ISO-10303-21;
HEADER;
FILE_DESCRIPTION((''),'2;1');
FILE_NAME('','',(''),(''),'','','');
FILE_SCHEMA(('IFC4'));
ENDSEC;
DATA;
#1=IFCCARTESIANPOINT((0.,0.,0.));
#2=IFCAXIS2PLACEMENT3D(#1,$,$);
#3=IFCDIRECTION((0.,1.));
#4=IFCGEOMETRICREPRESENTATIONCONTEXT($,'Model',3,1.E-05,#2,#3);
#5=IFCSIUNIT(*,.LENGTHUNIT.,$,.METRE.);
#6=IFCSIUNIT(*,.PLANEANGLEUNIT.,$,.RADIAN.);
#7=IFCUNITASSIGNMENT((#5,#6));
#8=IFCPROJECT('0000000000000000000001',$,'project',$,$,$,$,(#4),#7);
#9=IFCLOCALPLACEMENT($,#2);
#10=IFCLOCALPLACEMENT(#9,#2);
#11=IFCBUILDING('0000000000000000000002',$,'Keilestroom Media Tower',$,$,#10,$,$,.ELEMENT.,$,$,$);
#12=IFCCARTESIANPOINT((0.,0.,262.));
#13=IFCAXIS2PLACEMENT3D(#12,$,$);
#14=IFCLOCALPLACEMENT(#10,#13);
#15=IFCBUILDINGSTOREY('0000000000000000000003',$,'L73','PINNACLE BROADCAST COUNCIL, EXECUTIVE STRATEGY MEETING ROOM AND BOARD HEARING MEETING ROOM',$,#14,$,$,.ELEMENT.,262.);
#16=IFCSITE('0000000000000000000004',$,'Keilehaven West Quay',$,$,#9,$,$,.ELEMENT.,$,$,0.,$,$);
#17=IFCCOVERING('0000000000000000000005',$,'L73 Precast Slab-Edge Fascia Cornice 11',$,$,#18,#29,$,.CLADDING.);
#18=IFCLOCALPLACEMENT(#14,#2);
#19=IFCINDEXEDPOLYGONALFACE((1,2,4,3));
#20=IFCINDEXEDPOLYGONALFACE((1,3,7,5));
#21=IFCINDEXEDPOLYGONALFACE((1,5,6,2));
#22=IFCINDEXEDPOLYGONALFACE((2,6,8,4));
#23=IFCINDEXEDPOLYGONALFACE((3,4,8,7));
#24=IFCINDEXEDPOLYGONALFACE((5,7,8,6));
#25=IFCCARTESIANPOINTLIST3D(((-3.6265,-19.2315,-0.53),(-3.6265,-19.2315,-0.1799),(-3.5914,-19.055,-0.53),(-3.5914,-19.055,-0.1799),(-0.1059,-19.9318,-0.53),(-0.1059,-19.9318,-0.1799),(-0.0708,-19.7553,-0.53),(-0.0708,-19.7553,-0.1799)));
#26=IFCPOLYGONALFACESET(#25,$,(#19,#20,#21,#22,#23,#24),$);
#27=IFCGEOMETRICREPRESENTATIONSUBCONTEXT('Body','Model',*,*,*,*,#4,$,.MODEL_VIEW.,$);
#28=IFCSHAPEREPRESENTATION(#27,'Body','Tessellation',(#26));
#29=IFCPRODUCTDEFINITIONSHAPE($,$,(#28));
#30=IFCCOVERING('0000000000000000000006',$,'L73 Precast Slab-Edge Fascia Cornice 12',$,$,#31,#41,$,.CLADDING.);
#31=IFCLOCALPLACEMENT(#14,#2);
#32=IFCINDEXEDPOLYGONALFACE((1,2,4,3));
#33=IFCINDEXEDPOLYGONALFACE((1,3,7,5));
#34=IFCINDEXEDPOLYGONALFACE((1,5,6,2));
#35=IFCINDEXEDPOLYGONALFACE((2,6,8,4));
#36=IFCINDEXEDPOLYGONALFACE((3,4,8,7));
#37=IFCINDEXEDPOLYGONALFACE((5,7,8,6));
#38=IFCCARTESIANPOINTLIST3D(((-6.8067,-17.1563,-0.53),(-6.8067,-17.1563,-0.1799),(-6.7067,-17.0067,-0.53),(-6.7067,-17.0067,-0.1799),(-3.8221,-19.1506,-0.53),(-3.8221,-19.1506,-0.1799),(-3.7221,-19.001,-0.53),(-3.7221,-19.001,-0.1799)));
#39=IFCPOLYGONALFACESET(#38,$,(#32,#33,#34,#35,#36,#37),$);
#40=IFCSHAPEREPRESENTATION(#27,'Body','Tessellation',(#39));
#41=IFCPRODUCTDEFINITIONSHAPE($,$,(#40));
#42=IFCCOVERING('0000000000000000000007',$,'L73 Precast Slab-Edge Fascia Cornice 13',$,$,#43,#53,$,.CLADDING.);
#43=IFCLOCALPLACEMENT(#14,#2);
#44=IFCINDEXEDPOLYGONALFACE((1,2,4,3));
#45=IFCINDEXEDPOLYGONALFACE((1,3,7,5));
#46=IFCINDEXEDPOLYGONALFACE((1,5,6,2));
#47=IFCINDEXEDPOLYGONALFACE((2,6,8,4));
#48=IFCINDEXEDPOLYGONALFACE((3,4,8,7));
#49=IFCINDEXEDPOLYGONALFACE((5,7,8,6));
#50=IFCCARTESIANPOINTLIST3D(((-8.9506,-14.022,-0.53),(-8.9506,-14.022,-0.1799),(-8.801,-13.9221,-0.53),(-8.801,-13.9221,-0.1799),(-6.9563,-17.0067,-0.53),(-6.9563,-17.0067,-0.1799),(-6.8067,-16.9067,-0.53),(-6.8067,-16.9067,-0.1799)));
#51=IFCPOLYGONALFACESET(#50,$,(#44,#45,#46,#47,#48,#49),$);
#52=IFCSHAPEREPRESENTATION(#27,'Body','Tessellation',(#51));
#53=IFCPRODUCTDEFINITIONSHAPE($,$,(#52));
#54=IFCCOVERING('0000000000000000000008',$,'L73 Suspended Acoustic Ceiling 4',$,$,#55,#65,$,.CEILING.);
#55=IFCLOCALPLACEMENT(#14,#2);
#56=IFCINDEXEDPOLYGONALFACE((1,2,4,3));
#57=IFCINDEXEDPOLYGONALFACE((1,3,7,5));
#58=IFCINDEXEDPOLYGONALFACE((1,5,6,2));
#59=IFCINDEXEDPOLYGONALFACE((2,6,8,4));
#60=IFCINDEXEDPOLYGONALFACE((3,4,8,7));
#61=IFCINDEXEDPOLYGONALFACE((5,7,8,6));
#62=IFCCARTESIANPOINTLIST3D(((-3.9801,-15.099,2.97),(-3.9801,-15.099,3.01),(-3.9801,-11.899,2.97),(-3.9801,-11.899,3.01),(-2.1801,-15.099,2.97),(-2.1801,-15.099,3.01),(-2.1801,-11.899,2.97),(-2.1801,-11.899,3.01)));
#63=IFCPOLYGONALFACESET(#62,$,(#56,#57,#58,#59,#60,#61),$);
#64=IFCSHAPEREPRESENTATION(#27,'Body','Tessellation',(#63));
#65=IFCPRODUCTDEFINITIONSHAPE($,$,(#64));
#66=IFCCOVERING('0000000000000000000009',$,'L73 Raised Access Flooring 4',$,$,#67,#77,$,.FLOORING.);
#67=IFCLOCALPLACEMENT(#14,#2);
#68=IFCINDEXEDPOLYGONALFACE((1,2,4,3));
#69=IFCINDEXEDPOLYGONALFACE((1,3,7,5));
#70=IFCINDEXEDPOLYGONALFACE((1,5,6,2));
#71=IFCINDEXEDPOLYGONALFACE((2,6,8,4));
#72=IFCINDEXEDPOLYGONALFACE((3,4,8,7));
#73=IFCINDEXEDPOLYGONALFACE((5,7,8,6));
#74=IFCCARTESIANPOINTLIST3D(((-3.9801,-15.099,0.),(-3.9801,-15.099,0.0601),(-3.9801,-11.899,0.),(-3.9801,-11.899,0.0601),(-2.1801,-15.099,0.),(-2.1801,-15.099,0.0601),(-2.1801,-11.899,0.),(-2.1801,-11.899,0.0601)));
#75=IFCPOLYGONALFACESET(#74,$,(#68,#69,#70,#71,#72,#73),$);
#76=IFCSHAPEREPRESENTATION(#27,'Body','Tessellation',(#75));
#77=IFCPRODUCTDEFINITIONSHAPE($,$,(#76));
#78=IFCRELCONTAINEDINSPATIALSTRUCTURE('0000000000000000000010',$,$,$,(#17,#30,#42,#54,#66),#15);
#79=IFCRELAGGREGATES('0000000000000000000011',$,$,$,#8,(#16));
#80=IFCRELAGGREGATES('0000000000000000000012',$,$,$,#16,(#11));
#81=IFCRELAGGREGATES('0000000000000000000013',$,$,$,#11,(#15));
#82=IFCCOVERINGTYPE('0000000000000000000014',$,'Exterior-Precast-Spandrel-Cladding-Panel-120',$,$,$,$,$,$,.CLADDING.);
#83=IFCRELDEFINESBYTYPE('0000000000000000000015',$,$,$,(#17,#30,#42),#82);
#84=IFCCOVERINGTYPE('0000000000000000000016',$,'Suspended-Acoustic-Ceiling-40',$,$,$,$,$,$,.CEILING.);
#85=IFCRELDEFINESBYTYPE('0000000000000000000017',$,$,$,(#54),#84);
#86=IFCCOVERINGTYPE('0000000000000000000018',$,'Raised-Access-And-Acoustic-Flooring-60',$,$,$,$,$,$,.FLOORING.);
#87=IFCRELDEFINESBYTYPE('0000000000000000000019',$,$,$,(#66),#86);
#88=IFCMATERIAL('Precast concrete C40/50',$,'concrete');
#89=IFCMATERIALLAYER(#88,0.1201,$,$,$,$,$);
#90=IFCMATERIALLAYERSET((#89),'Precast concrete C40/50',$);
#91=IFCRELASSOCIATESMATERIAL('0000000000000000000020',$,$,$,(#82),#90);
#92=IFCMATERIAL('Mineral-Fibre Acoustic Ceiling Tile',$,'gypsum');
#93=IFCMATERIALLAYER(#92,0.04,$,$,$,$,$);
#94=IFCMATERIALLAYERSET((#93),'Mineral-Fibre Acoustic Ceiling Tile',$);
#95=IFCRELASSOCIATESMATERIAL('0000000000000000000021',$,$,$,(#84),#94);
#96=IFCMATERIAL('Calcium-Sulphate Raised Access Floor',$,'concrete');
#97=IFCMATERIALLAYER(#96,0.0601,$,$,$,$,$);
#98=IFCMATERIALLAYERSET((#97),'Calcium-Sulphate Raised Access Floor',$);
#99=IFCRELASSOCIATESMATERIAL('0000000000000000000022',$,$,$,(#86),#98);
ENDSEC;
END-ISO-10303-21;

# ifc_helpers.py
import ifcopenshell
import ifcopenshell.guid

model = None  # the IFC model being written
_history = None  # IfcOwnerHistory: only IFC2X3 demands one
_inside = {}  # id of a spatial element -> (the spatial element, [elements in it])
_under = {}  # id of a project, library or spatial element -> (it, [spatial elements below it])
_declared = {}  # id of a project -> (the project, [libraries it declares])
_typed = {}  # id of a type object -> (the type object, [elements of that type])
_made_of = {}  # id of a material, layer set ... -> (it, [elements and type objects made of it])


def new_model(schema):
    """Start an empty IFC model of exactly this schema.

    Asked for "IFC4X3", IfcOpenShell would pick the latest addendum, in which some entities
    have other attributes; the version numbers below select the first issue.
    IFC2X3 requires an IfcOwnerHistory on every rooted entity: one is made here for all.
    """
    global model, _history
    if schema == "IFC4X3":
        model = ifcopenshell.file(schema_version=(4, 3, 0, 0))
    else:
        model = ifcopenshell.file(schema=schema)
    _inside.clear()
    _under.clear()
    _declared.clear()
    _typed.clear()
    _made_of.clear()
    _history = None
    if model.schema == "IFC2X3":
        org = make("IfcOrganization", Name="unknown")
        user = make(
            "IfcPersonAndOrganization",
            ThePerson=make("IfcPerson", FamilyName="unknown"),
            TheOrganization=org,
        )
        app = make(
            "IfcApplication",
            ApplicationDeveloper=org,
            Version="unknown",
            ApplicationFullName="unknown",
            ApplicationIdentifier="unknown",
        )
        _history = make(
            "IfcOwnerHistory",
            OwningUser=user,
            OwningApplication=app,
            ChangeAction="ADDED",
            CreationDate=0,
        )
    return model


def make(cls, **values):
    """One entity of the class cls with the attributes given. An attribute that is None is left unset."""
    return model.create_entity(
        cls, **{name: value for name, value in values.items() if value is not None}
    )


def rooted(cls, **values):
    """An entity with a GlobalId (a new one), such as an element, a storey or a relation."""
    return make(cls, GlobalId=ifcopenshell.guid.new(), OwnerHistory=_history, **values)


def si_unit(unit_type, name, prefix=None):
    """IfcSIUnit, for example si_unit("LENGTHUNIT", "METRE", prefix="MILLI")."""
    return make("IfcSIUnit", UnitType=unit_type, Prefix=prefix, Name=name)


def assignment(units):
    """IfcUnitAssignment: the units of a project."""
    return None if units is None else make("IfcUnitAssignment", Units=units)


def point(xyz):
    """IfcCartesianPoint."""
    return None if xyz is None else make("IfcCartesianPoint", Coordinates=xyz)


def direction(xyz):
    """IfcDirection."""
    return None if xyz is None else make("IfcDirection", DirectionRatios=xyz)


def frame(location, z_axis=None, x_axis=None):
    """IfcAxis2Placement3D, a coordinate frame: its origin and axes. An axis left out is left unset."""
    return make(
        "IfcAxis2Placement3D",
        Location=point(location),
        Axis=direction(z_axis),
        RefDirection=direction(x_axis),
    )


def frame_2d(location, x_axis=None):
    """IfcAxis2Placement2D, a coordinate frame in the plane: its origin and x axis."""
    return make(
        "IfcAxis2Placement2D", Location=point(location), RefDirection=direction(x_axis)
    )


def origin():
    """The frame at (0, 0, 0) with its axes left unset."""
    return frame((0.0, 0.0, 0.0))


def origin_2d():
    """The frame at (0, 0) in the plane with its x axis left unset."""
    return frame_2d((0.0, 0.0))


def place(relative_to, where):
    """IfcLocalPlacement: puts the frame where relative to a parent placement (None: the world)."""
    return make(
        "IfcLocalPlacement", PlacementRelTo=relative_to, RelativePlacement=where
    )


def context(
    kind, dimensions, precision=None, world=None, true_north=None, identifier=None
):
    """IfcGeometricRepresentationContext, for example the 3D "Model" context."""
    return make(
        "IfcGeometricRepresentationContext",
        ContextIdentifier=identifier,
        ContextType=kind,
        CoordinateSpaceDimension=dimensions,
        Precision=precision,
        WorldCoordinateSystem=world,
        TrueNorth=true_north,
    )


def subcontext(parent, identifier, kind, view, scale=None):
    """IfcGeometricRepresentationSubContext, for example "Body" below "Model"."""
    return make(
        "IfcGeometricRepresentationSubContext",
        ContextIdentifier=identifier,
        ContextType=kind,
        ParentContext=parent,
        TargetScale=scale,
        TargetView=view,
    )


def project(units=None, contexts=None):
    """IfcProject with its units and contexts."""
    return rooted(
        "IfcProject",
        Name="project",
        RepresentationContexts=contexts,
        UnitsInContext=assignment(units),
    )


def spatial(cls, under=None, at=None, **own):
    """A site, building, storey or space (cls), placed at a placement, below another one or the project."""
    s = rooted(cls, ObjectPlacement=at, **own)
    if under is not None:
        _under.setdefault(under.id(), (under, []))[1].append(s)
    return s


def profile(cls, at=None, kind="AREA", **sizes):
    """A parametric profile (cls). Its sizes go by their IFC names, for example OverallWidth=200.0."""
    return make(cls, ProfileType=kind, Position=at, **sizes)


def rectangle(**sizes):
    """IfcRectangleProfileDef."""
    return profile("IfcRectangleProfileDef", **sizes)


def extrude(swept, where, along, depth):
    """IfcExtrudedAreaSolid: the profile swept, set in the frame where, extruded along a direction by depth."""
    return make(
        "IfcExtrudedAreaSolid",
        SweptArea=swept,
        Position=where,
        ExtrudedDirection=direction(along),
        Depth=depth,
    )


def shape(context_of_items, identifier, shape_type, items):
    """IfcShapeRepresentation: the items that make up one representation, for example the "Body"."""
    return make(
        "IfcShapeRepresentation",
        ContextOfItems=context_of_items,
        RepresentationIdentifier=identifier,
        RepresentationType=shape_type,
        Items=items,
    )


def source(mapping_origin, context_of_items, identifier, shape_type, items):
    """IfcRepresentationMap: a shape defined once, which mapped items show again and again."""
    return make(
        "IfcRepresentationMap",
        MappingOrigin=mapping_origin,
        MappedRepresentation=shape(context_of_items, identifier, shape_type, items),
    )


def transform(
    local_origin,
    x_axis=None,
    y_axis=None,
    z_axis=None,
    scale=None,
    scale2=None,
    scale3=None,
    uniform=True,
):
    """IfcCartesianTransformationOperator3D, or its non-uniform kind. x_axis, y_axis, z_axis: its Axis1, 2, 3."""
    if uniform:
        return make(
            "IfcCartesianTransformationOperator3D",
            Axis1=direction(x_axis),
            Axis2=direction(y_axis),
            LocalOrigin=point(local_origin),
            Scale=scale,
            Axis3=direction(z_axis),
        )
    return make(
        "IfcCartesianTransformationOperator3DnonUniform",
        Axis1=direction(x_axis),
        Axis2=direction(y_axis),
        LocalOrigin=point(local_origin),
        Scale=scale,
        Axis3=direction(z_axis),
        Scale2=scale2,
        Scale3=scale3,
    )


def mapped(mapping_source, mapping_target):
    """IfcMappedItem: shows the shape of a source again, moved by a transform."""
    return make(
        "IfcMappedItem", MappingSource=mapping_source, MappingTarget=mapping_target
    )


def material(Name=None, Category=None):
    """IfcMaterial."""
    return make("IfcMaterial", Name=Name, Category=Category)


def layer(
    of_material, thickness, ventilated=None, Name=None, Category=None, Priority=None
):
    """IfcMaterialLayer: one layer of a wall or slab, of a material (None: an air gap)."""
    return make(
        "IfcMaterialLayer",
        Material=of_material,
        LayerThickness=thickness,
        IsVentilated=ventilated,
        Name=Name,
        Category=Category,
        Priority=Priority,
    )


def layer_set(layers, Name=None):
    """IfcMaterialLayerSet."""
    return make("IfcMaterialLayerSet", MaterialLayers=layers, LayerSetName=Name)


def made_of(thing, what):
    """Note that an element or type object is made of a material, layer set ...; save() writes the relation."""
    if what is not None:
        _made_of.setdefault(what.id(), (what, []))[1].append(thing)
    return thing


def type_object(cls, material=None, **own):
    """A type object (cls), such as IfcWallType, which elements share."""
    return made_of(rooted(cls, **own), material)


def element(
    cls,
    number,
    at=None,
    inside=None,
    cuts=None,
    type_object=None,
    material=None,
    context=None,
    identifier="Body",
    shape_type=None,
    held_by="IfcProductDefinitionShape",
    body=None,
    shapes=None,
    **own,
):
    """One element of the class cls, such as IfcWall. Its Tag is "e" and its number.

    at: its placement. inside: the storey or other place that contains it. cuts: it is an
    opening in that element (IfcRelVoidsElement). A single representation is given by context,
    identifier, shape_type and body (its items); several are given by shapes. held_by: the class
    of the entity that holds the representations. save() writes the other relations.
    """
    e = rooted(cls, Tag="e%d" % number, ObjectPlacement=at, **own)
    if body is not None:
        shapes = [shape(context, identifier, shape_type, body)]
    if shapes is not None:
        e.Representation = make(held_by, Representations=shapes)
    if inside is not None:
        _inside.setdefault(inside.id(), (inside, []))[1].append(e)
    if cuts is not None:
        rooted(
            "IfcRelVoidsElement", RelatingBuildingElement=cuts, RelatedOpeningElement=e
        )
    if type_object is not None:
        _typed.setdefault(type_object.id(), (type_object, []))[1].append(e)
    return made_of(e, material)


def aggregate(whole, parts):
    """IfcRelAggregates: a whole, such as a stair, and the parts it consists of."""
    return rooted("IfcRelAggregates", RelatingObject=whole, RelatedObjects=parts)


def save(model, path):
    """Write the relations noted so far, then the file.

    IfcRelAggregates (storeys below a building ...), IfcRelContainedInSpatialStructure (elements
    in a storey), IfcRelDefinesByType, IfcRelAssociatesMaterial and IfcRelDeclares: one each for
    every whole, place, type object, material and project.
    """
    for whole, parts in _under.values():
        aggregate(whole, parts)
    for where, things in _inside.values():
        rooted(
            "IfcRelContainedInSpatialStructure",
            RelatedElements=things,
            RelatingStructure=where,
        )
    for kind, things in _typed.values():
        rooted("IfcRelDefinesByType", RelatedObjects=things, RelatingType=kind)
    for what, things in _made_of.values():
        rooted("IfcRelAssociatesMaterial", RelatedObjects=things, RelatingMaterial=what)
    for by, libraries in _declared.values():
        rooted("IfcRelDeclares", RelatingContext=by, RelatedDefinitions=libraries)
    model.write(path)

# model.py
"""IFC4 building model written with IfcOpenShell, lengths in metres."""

from ifc_helpers import new_model, si_unit, direction, frame, origin, origin_2d, place, context, subcontext, project, spatial, rectangle, extrude, source, transform, mapped, material, layer, layer_set, type_object, element, save


model = new_model("IFC4")

# Units and contexts
model_context = context("Model", 3, precision=1e-05, world=origin(), true_north=direction((0.0, 1.0)))
body_context = subcontext(model_context, "Body", "Model", "MODEL_VIEW")
ifc_project = project(units=[si_unit("LENGTHUNIT", "METRE"), si_unit("PLANEANGLEUNIT", "RADIAN")], contexts=[model_context])

# Site, building, storey
site_placement = place(None, origin())
site = spatial("IfcSite", under=ifc_project, at=site_placement, Name="Keilehaven West Quay", CompositionType="ELEMENT", RefElevation=0.0)
building_placement = place(site_placement, origin())
building = spatial("IfcBuilding", under=site, at=building_placement, Name="Keilestroom Media Tower", CompositionType="ELEMENT")
storey_placement = place(building_placement, frame((0.0, 0.0, 262.0)))
storey = spatial("IfcBuildingStorey", under=building, at=storey_placement, Name="L73", Description="PINNACLE BROADCAST COUNCIL, EXECUTIVE STRATEGY MEETING ROOM AND BOARD HEARING MEETING ROOM", CompositionType="ELEMENT", Elevation=262.0)

# Shared definitions
ifc_material_1 = material(Name="Precast concrete C40/50", Category="concrete")

# Coverings
ifc_layer_1 = layer(ifc_material_1, 0.1201)
ifc_layer_set_1 = layer_set([ifc_layer_1], Name="Precast concrete C40/50")
covering_type_1 = type_object("IfcCoveringType", Name="Exterior-Precast-Spandrel-Cladding-Panel-120", PredefinedType="CLADDING", material=ifc_layer_set_1)
shared_shape_1 = source(origin(), body_context, "Body", "SweptSolid", [
    extrude(rectangle(XDim=3.5896, YDim=0.1799, at=origin_2d()), origin(), (0.0, 0.0, 1.0), 0.3501),
])
for number, where, z_axis, x_axis, name in (
    (1, (-1.8486, -19.4934, -0.53), (0.0, 0.0, 1.0), (-0.980784, 0.195099, 0.0), "L73 Precast Slab-Edge Fascia Cornice 11"),
    (2, (-5.2644, -18.0786, -0.53), (0.0, 0.0, 1.0), (-0.831467, 0.555575, 0.0), "L73 Precast Slab-Edge Fascia Cornice 12"),
    (3, (-7.8787, -15.4644, -0.53), (0.0, 0.0, 1.0), (-0.555575, 0.831467, 0.0), "L73 Precast Slab-Edge Fascia Cornice 13"),
):
    element("IfcCovering", number, at=place(storey_placement, frame(where, z_axis=z_axis, x_axis=x_axis)), inside=storey, type_object=covering_type_1, Name=name, PredefinedType="CLADDING", context=body_context, shape_type="MappedRepresentation", body=[
        mapped(shared_shape_1, transform((0.0, 0.0, 0.0), x_axis=(1.0, 0.0, 0.0), y_axis=(0.0, 1.0, 0.0), z_axis=(0.0, 0.0, 1.0), scale=1.0)),
    ])
ifc_material_2 = material(Name="Mineral-Fibre Acoustic Ceiling Tile", Category="gypsum")
ifc_layer_2 = layer(ifc_material_2, 0.04)
ifc_layer_set_2 = layer_set([ifc_layer_2], Name="Mineral-Fibre Acoustic Ceiling Tile")
covering_type_2 = type_object("IfcCoveringType", Name="Suspended-Acoustic-Ceiling-40", PredefinedType="CEILING", material=ifc_layer_set_2)
shared_shape_2 = source(origin(), body_context, "Body", "SweptSolid", [
    extrude(rectangle(XDim=1.8, YDim=3.2, at=origin_2d()), origin(), (0.0, 0.0, 1.0), 0.04),
])
covering_1_placement = place(storey_placement, frame((-3.0801, -13.499, 2.97), z_axis=(0.0, 0.0, 1.0), x_axis=(1.0, 0.0, 0.0)))
element("IfcCovering", 4, at=covering_1_placement, inside=storey, type_object=covering_type_2, Name="L73 Suspended Acoustic Ceiling 4", PredefinedType="CEILING", context=body_context, shape_type="MappedRepresentation", body=[
    mapped(shared_shape_2, transform((0.0, 0.0, 0.0), x_axis=(1.0, 0.0, 0.0), y_axis=(0.0, 1.0, 0.0), z_axis=(0.0, 0.0, 1.0), scale=1.0)),
])
ifc_material_3 = material(Name="Calcium-Sulphate Raised Access Floor", Category="concrete")
ifc_layer_3 = layer(ifc_material_3, 0.0601)
ifc_layer_set_3 = layer_set([ifc_layer_3], Name="Calcium-Sulphate Raised Access Floor")
covering_type_3 = type_object("IfcCoveringType", Name="Raised-Access-And-Acoustic-Flooring-60", PredefinedType="FLOORING", material=ifc_layer_set_3)
shared_shape_3 = source(origin(), body_context, "Body", "SweptSolid", [
    extrude(rectangle(XDim=1.8, YDim=3.2, at=origin_2d()), origin(), (0.0, 0.0, 1.0), 0.0601),
])
covering_2_placement = place(storey_placement, frame((-3.0801, -13.499, 0.0), z_axis=(0.0, 0.0, 1.0), x_axis=(1.0, 0.0, 0.0)))
element("IfcCovering", 5, at=covering_2_placement, inside=storey, type_object=covering_type_3, Name="L73 Raised Access Flooring 4", PredefinedType="FLOORING", context=body_context, shape_type="MappedRepresentation", body=[
    mapped(shared_shape_3, transform((0.0, 0.0, 0.0), x_axis=(1.0, 0.0, 0.0), y_axis=(0.0, 1.0, 0.0), z_axis=(0.0, 0.0, 1.0), scale=1.0)),
])

save(model, "model.ifc")
